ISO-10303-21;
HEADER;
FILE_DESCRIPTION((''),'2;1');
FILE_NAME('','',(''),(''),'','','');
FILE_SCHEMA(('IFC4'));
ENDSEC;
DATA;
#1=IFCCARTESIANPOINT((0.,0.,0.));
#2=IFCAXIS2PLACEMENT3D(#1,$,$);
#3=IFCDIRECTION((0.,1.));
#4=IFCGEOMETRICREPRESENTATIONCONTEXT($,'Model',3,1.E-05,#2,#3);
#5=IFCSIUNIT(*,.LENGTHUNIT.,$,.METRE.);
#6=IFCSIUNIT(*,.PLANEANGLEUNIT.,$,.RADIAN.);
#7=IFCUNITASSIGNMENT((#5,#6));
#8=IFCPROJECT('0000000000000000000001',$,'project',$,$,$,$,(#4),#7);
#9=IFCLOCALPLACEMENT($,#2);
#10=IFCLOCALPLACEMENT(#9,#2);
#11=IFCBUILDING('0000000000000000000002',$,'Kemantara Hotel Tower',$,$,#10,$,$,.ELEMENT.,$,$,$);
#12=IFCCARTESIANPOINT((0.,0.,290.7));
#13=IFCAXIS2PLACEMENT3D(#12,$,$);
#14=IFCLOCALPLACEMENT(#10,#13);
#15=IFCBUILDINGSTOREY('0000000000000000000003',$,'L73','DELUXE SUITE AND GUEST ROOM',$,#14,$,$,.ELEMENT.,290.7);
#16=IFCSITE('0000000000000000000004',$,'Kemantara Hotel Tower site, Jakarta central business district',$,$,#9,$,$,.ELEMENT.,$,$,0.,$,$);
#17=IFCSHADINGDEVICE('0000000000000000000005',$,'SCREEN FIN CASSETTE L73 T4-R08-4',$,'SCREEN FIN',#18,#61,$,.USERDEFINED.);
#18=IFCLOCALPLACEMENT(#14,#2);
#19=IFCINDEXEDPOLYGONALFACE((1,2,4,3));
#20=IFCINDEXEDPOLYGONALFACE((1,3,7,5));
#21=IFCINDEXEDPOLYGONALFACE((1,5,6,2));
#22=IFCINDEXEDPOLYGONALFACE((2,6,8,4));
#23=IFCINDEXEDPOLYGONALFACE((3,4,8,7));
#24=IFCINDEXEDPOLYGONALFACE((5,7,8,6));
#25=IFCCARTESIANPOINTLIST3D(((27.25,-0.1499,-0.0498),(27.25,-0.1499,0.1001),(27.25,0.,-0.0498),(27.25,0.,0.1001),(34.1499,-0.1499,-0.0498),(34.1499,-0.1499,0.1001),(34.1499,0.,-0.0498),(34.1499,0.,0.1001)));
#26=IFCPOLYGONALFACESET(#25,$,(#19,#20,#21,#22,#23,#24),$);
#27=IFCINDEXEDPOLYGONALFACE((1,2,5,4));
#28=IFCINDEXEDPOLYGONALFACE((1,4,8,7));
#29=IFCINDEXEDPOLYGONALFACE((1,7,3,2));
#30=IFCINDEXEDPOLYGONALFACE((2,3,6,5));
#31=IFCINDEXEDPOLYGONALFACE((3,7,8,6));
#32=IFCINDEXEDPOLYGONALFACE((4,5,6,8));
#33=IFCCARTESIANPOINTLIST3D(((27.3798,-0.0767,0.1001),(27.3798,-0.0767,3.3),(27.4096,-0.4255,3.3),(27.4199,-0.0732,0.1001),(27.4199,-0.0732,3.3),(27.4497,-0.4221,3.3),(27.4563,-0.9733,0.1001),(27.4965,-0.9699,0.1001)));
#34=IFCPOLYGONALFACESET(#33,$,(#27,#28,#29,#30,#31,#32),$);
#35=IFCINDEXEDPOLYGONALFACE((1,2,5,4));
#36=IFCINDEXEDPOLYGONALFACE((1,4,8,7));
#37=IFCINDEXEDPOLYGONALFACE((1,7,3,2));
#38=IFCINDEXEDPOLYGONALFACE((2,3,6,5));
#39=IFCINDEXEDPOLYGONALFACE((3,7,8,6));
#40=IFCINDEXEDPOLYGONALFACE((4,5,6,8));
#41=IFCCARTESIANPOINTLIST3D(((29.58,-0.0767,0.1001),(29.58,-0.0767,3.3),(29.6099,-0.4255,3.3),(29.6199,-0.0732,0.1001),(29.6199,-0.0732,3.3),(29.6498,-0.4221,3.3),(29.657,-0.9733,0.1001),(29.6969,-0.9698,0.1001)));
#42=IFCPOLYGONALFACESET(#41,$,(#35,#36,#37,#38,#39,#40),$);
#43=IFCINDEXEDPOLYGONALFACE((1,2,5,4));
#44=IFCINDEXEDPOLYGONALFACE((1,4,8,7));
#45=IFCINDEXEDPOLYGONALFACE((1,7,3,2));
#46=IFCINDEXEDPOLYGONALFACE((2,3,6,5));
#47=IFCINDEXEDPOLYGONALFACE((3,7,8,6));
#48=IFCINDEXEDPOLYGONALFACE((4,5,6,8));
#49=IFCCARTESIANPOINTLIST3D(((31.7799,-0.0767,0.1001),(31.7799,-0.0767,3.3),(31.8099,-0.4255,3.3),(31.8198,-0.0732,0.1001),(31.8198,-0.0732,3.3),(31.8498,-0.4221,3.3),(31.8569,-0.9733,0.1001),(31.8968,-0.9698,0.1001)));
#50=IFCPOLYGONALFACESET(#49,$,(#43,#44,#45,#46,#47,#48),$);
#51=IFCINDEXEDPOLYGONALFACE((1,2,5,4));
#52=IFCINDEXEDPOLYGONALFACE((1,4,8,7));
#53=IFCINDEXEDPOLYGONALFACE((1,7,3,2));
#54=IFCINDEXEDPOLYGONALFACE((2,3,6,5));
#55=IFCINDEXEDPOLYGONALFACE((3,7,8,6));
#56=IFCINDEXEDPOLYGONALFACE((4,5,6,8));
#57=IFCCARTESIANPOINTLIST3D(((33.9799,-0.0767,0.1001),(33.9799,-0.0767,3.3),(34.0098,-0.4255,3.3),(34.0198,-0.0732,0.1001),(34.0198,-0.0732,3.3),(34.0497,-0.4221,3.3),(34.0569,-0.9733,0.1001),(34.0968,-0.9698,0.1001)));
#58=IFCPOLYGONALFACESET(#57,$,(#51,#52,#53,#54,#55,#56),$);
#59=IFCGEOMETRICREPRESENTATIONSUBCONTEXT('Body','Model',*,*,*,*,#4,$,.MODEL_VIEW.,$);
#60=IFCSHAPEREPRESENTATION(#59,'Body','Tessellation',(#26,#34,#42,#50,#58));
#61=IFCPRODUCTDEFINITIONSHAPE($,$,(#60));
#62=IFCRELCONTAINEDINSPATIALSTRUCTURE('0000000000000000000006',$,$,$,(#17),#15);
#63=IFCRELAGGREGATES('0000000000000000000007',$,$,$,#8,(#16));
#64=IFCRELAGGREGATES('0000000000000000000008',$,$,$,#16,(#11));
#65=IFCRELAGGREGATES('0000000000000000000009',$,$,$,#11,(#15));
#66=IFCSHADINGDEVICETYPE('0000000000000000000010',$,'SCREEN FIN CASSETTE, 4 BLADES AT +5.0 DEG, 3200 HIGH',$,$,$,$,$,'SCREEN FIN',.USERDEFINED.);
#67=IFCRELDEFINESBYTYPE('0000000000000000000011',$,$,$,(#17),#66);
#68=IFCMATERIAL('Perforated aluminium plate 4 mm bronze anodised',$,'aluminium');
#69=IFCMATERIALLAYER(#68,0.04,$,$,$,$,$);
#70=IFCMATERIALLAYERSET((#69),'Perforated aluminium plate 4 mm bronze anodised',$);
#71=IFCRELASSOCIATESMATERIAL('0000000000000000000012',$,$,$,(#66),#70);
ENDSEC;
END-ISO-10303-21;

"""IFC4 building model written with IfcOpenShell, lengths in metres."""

from ifc_helpers import new_model, si_unit, direction, frame, origin, origin_2d, place, context, subcontext, project, spatial, polyline, rectangle, outline, extrude, source, transform, mapped, material, layer, layer_set, type_object, element, save


model = new_model("IFC4")

# Units and contexts
model_context = context("Model", 3, precision=1e-05, world=origin(), true_north=direction((0.0, 1.0)))
body_context = subcontext(model_context, "Body", "Model", "MODEL_VIEW")
ifc_project = project(units=[si_unit("LENGTHUNIT", "METRE"), si_unit("PLANEANGLEUNIT", "RADIAN")], contexts=[model_context])

# Site, building, storey
site_placement = place(None, origin())
site = spatial("IfcSite", under=ifc_project, at=site_placement, Name="Kemantara Hotel Tower site, Jakarta central business district", CompositionType="ELEMENT", RefElevation=0.0)
building_placement = place(site_placement, origin())
building = spatial("IfcBuilding", under=site, at=building_placement, Name="Kemantara Hotel Tower", CompositionType="ELEMENT")
storey_placement = place(building_placement, frame((0.0, 0.0, 290.7)))
storey = spatial("IfcBuildingStorey", under=building, at=storey_placement, Name="L73", Description="DELUXE SUITE AND GUEST ROOM", CompositionType="ELEMENT", Elevation=290.7)

# Shading device
ifc_material_1 = material(Name="Perforated aluminium plate 4 mm bronze anodised", Category="aluminium")
ifc_layer_1 = layer(ifc_material_1, 0.04)
ifc_layer_set_1 = layer_set([ifc_layer_1], Name="Perforated aluminium plate 4 mm bronze anodised")
shading_device_type_1 = type_object("IfcShadingDeviceType", Name="SCREEN FIN CASSETTE, 4 BLADES AT +5.0 DEG, 3200 HIGH", ElementType="SCREEN FIN", PredefinedType="USERDEFINED", material=ifc_layer_set_1)
shared_shape_1 = source(origin(), body_context, "Body", "SweptSolid", [
    extrude(rectangle(XDim=6.8999, YDim=0.1499, at=origin_2d()), frame((3.3, -0.075, -0.1499), z_axis=(0.0, 0.0, 1.0), x_axis=(1.0, 0.0, 0.0)), (0.0, 0.0, 1.0), 0.1499),
    extrude(outline(polyline([(0.0, 0.0), (0.8999, 0.0), (0.3501, 3.2), (0.0, 3.2), (0.0, 0.0)])), frame((0.02, -0.0732, 0.0), z_axis=(-0.996376, -0.085056, 0.0), x_axis=(0.085056, -0.996376, 0.0)), (0.0, 0.0, 1.0), 0.0403),
    extrude(outline(polyline([(0.0, 0.0), (0.8999, 0.0), (0.3501, 3.2), (0.0, 3.2), (0.0, 0.0)])), frame((2.22, -0.0732, 0.0), z_axis=(-0.996332, -0.085575, 0.0), x_axis=(0.085575, -0.996332, 0.0)), (0.0, 0.0, 1.0), 0.04),
    extrude(outline(polyline([(0.0, 0.0), (0.8999, 0.0), (0.3501, 3.2), (0.0, 3.2), (0.0, 0.0)])), frame((4.4199, -0.0732, 0.0), z_axis=(-0.996332, -0.085575, 0.0), x_axis=(0.085575, -0.996332, 0.0)), (0.0, 0.0, 1.0), 0.04),
    extrude(outline(polyline([(0.0, 0.0), (0.8999, 0.0), (0.3501, 3.2), (0.0, 3.2), (0.0, 0.0)])), frame((6.6199, -0.0732, 0.0), z_axis=(-0.996332, -0.085575, 0.0), x_axis=(0.085575, -0.996332, 0.0)), (0.0, 0.0, 1.0), 0.04),
])
shading_device_1_placement = place(storey_placement, frame((27.3999, 0.0, 0.1001), z_axis=(0.0, 0.0, 1.0), x_axis=(1.0, 0.0, 0.0)))
element("IfcShadingDevice", 1, at=shading_device_1_placement, inside=storey, type_object=shading_device_type_1, Name="SCREEN FIN CASSETTE L73 T4-R08-4", ObjectType="SCREEN FIN", PredefinedType="USERDEFINED", context=body_context, shape_type="MappedRepresentation", body=[
    mapped(shared_shape_1, transform((0.0, 0.0, 0.0))),
])

save(model, "model.ifc")
